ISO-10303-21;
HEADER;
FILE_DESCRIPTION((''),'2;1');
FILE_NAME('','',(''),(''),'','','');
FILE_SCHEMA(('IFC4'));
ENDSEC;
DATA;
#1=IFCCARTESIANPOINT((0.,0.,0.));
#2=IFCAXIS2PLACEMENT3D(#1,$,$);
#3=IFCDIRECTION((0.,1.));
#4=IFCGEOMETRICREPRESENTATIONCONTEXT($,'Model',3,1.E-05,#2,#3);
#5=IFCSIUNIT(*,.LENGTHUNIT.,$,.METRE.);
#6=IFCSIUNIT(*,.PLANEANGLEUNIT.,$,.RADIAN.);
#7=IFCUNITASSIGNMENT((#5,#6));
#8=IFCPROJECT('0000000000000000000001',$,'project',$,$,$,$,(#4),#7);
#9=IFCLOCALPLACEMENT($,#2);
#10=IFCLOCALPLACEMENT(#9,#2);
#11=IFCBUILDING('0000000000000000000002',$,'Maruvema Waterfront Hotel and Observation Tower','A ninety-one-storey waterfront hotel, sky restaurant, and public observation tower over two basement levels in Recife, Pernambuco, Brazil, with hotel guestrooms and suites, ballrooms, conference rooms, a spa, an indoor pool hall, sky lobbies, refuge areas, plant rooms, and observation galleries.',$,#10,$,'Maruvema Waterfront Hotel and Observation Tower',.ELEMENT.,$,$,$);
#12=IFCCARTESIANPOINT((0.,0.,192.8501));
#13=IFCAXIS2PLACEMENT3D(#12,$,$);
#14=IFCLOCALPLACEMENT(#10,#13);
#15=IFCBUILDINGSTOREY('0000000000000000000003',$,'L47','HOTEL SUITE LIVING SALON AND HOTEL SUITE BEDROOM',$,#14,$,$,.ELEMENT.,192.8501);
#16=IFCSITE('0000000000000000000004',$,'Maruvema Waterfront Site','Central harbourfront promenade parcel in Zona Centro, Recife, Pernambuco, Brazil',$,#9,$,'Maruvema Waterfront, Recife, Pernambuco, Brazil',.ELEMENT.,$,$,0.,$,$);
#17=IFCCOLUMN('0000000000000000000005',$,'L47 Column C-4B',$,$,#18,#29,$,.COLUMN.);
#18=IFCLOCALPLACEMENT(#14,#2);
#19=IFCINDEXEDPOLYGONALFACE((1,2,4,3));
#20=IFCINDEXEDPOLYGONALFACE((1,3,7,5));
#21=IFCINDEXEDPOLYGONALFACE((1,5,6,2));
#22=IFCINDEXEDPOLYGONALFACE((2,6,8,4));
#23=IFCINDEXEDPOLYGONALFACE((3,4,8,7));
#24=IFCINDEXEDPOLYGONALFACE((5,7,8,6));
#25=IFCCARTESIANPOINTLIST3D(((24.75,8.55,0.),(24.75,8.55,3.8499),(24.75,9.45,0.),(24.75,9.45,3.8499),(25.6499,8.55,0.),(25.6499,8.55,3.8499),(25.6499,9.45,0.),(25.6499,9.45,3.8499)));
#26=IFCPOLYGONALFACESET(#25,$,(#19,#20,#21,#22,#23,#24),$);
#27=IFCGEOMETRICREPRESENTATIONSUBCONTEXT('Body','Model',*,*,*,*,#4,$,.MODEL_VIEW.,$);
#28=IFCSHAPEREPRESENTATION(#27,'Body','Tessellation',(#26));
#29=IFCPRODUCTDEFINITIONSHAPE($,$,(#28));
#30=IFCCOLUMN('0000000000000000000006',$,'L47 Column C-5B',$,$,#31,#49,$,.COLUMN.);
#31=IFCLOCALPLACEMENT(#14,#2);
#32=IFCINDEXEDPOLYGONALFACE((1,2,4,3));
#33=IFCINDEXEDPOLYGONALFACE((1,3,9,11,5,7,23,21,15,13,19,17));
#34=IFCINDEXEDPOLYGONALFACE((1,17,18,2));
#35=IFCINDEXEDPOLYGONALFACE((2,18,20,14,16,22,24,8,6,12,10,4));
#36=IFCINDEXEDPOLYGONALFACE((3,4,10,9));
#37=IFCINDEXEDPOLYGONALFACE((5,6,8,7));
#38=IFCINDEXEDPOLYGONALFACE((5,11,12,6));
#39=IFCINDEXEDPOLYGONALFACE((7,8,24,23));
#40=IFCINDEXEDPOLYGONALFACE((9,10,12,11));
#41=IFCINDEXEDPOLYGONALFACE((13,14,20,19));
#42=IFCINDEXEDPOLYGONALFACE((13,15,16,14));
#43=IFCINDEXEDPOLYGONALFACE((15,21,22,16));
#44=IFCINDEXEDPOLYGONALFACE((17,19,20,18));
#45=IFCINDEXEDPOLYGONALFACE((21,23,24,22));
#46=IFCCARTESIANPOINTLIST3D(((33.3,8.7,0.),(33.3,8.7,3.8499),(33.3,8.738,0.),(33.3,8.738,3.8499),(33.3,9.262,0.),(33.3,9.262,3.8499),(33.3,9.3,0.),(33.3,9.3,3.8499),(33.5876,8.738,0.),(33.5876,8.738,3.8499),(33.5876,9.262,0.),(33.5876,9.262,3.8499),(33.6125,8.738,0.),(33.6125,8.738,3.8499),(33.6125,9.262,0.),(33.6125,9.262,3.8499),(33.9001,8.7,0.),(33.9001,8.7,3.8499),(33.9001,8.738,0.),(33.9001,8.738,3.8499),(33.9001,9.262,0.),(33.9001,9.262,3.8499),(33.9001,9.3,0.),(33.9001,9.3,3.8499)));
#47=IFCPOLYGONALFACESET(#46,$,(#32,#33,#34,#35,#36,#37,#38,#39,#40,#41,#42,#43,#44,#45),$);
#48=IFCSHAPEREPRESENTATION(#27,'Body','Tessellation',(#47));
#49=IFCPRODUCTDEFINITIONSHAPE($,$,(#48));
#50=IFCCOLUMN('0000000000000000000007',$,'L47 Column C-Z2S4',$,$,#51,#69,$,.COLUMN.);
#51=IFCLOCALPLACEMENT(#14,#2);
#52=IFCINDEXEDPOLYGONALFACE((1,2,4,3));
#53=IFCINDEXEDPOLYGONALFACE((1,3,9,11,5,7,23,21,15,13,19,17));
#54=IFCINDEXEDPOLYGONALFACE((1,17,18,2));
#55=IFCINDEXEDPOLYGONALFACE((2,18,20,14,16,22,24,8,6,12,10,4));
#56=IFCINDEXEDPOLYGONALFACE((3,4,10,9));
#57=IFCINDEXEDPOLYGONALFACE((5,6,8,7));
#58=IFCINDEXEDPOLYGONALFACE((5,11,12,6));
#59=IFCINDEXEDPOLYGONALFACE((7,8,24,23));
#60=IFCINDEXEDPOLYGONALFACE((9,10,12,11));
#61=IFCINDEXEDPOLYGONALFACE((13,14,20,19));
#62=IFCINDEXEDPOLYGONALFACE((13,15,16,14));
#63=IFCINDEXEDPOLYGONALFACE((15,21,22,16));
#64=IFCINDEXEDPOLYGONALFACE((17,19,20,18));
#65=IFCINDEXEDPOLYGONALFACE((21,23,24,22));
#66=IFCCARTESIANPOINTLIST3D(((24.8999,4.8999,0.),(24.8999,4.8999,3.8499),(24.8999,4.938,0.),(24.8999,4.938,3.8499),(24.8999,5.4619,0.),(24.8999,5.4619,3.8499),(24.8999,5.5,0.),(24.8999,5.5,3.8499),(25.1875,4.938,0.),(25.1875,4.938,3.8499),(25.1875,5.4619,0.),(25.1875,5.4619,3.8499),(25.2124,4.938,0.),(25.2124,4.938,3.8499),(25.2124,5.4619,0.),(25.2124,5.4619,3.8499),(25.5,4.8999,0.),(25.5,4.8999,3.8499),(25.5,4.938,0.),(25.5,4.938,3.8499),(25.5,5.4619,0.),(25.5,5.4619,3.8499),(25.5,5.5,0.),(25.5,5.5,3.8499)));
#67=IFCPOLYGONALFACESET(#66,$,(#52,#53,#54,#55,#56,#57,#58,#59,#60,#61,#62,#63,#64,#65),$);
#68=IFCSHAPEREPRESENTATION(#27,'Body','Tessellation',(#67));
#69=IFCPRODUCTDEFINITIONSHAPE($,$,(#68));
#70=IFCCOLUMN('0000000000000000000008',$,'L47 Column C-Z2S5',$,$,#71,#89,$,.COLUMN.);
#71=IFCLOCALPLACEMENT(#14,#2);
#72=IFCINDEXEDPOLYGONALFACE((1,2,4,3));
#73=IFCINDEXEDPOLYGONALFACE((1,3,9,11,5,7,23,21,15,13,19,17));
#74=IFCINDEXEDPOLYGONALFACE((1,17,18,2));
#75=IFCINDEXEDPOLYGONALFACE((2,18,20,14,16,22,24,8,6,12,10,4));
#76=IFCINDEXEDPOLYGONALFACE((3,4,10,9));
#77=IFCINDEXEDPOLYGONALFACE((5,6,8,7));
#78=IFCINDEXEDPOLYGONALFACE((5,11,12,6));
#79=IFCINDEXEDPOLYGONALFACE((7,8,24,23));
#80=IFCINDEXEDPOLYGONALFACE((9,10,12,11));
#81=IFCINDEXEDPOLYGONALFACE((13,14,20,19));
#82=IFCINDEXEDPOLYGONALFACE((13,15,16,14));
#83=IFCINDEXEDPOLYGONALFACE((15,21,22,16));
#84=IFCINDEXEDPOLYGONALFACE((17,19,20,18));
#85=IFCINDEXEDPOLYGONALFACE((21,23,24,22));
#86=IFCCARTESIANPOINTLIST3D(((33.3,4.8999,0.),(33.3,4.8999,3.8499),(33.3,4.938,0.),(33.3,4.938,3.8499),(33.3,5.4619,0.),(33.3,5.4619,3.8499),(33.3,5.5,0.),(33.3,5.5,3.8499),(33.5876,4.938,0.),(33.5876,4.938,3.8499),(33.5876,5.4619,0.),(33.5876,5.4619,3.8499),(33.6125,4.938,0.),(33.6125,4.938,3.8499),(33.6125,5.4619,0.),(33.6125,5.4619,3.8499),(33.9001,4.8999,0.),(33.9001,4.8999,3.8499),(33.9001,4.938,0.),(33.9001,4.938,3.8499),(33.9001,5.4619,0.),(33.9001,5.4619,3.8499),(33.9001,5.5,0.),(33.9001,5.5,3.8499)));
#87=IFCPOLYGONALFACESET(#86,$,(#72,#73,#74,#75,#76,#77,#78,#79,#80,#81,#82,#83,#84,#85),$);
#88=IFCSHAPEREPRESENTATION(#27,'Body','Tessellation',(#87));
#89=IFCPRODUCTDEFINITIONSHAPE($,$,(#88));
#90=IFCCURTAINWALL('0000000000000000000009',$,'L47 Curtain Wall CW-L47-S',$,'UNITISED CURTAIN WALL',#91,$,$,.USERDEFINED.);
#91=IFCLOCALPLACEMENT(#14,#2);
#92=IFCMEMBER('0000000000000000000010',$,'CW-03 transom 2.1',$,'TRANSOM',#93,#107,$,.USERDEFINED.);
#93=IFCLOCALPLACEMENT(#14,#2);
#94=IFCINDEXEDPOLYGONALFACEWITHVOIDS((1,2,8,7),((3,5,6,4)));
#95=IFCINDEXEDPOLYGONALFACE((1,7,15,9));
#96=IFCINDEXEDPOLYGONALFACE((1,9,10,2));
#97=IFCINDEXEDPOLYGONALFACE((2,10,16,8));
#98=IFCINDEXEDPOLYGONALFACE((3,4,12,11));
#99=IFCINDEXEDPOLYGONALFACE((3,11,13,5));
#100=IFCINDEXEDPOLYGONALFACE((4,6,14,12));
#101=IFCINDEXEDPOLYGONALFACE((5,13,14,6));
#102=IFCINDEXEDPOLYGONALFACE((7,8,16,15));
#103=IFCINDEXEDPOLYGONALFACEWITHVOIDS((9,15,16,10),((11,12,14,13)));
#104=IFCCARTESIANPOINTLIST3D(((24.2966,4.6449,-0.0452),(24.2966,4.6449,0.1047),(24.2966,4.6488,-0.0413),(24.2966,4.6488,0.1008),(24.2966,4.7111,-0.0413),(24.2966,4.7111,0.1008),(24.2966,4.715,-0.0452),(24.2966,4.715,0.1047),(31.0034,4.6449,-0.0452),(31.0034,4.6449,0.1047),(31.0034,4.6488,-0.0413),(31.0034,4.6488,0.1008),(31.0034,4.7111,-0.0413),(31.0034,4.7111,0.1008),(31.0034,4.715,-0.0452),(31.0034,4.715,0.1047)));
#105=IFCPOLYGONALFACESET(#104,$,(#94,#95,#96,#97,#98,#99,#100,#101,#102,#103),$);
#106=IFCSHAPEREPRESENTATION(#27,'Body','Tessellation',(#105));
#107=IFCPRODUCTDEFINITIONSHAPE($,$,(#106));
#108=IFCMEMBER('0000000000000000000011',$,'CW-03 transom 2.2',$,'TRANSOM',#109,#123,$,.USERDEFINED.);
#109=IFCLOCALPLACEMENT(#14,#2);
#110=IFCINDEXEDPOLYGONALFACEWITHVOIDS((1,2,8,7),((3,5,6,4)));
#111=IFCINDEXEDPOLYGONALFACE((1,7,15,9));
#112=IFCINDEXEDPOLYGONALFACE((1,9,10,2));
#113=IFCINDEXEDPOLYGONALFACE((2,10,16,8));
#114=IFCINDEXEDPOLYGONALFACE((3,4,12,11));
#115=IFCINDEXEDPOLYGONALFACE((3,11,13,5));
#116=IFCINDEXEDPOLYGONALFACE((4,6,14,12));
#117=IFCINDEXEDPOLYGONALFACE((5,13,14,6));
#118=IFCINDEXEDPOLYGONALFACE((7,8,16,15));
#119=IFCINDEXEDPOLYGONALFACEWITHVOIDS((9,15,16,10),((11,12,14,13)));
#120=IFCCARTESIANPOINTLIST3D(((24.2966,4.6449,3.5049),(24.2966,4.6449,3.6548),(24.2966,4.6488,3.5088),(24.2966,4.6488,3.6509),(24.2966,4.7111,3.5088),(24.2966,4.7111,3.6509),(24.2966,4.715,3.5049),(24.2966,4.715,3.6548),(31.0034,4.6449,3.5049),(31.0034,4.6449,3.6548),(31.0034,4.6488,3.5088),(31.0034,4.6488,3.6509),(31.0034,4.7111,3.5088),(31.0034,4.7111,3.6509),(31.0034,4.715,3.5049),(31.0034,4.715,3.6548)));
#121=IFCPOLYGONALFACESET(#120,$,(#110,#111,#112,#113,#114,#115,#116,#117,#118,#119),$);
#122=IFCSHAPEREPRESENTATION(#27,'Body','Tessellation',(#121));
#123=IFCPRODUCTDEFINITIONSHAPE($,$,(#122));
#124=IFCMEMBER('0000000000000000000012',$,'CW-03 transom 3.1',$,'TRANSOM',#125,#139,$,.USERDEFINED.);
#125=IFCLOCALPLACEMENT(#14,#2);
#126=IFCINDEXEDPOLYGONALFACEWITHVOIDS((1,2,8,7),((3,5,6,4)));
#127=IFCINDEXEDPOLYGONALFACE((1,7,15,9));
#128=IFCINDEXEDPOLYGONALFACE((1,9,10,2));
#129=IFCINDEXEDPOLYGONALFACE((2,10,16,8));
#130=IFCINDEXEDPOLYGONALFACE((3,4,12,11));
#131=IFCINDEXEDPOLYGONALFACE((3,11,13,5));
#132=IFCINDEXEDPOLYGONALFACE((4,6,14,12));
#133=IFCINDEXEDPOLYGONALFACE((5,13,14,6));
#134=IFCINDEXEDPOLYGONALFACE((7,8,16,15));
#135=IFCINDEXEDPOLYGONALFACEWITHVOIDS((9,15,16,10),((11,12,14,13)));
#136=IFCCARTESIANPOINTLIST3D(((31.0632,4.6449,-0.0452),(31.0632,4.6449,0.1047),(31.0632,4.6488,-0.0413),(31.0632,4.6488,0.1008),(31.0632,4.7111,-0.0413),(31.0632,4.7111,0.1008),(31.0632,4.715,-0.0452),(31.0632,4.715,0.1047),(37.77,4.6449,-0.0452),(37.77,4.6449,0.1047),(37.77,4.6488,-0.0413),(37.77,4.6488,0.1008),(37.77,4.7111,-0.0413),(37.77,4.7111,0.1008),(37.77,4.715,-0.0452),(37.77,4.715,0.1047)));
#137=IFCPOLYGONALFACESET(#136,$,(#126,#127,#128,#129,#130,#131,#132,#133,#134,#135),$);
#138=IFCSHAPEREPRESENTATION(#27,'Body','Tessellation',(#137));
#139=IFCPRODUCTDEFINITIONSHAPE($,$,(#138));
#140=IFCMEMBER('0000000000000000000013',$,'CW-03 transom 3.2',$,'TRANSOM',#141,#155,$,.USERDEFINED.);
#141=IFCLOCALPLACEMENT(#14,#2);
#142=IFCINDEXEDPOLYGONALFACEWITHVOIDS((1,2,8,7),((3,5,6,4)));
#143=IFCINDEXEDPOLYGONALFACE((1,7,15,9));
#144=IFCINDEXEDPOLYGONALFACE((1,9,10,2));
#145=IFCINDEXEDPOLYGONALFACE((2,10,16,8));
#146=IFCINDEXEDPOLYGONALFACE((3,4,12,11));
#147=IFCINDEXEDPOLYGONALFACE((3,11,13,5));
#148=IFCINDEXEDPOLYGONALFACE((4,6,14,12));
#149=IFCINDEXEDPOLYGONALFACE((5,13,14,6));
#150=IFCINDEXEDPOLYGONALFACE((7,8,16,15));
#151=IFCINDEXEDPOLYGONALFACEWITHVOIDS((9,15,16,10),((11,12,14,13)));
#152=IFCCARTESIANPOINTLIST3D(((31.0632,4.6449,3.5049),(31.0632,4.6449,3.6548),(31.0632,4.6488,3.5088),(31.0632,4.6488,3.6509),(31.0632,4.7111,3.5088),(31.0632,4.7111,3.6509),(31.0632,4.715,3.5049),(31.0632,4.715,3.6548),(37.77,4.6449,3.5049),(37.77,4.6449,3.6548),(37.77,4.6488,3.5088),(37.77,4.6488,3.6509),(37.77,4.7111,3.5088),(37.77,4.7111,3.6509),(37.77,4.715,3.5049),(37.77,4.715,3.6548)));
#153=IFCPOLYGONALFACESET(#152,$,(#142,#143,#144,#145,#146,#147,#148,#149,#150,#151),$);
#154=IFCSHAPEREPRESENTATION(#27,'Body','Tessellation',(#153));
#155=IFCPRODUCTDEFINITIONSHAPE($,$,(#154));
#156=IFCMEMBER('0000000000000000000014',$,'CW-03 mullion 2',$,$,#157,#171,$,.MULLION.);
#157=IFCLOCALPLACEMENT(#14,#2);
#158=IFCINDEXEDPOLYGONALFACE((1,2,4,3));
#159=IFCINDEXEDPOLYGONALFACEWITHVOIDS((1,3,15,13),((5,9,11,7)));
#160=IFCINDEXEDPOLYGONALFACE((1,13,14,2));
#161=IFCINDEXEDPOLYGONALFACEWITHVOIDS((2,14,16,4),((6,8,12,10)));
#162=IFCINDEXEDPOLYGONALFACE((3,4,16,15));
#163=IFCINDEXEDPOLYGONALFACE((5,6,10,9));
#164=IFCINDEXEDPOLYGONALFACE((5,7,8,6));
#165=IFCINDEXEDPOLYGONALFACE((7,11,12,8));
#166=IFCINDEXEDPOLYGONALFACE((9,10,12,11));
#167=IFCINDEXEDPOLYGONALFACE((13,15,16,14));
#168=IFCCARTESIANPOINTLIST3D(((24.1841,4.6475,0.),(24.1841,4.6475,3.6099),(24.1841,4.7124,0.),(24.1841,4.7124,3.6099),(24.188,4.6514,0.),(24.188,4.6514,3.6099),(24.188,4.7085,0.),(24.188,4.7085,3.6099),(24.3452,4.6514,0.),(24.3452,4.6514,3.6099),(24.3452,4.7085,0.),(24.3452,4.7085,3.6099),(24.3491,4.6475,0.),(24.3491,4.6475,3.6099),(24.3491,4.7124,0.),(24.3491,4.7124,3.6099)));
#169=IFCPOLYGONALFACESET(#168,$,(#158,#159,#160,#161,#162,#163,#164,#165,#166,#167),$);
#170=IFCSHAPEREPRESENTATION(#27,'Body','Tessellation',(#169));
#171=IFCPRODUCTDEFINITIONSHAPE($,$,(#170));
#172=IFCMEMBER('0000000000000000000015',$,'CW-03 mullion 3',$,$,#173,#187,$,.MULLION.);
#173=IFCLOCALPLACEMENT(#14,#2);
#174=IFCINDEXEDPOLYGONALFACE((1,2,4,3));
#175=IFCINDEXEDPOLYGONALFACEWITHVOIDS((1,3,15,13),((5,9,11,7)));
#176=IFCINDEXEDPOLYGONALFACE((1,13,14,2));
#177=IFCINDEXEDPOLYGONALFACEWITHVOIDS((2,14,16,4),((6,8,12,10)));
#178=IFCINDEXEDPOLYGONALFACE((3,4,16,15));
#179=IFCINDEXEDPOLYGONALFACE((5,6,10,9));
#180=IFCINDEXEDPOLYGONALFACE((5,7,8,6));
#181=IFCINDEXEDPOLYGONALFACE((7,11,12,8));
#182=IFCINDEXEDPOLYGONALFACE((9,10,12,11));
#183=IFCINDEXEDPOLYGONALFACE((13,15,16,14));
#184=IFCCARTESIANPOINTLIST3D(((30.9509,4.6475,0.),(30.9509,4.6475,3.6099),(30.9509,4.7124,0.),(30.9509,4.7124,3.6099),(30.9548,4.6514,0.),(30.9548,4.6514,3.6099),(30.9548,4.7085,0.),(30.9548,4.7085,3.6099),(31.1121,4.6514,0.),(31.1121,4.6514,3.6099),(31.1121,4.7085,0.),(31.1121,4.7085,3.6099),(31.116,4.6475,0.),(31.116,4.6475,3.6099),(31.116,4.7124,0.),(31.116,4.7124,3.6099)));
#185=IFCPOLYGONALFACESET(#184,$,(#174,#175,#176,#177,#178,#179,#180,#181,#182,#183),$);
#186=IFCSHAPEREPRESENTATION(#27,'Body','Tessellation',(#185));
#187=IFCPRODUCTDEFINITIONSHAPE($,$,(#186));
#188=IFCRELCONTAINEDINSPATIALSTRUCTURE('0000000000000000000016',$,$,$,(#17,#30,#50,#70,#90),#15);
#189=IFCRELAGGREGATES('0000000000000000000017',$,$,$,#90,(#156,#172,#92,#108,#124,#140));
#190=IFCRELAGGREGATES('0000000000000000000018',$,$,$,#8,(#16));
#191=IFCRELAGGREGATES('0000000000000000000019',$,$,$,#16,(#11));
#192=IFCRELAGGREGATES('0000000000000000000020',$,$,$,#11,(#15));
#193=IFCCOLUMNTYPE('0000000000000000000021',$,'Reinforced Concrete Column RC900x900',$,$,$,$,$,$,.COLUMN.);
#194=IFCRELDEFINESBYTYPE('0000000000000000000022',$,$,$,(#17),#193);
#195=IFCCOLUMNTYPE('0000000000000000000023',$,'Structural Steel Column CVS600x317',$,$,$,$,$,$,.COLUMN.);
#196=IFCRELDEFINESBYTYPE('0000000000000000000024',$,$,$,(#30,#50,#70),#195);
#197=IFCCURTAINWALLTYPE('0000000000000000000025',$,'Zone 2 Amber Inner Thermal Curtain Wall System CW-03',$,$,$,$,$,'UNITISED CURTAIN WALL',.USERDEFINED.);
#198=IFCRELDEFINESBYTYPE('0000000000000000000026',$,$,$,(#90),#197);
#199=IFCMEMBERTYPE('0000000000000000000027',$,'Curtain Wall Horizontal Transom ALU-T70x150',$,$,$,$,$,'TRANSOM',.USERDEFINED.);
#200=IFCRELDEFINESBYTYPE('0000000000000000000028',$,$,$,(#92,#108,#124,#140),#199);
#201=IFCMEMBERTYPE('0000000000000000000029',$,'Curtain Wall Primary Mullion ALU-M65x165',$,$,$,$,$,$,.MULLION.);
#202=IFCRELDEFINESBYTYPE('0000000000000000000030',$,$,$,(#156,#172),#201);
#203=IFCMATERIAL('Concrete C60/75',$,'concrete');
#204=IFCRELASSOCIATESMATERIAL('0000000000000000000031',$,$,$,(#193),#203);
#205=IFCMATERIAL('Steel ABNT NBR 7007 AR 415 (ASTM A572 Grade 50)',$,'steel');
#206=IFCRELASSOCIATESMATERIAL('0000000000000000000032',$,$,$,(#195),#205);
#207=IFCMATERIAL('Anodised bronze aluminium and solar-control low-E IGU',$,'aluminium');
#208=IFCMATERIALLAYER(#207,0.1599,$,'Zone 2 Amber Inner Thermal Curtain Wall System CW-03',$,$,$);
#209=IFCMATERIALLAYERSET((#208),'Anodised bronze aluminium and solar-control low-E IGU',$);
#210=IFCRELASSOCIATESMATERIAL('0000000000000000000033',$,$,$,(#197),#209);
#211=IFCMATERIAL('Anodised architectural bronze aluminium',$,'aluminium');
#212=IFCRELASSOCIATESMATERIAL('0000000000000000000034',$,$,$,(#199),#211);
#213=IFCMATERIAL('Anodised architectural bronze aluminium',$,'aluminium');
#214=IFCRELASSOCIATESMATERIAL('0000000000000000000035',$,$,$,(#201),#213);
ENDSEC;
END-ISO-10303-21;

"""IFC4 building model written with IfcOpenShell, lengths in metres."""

from ifc_helpers import new_model, si_unit, direction, frame, origin, origin_2d, place, context, subcontext, project, spatial, rectangle, hollow_rectangle, i_section, extrude, material, layer, layer_set, material_profile, profile_set, type_object, element, aggregate, save


model = new_model("IFC4")

# Units and contexts
model_context = context("Model", 3, precision=1e-05, world=origin(), true_north=direction((0.0, 1.0)))
body_context = subcontext(model_context, "Body", "Model", "MODEL_VIEW")
ifc_project = project(units=[si_unit("LENGTHUNIT", "METRE"), si_unit("PLANEANGLEUNIT", "RADIAN")], contexts=[model_context])

# Site, building, storey
site_placement = place(None, origin())
site = spatial("IfcSite", under=ifc_project, at=site_placement, Name="Maruvema Waterfront Site", Description="Central harbourfront promenade parcel in Zona Centro, Recife, Pernambuco, Brazil", LongName="Maruvema Waterfront, Recife, Pernambuco, Brazil", CompositionType="ELEMENT", RefElevation=0.0)
building_placement = place(site_placement, origin())
building = spatial("IfcBuilding", under=site, at=building_placement, Name="Maruvema Waterfront Hotel and Observation Tower", Description="A ninety-one-storey waterfront hotel, sky restaurant, and public observation tower over two basement levels in Recife, Pernambuco, Brazil, with hotel guestrooms and suites, ballrooms, conference rooms, a spa, an indoor pool hall, sky lobbies, refuge areas, plant rooms, and observation galleries.", LongName="Maruvema Waterfront Hotel and Observation Tower", CompositionType="ELEMENT")
storey_placement = place(building_placement, frame((0.0, 0.0, 192.8501)))
storey = spatial("IfcBuildingStorey", under=building, at=storey_placement, Name="L47", Description="HOTEL SUITE LIVING SALON AND HOTEL SUITE BEDROOM", CompositionType="ELEMENT", Elevation=192.8501)

# Columns
ifc_material_1 = material(Name="Concrete C60/75", Category="concrete")
ifc_material_profile_1 = material_profile(ifc_material_1, rectangle(XDim=0.8999, YDim=0.8999, at=origin_2d()), Name="RC900x900")
ifc_profile_set_1 = profile_set([ifc_material_profile_1], Name="Concrete C60/75")
column_type_1 = type_object("IfcColumnType", Name="Reinforced Concrete Column RC900x900", PredefinedType="COLUMN", material=ifc_profile_set_1)
column_placement = place(storey_placement, frame((25.2, 9.0, 0.0), z_axis=(0.0, 0.0, 1.0), x_axis=(1.0, 0.0, 0.0)))
element("IfcColumn", 1, at=column_placement, inside=storey, type_object=column_type_1, Name="L47 Column C-4B", PredefinedType="COLUMN", context=body_context, shape_type="SweptSolid", body=[
    extrude(rectangle(XDim=0.8999, YDim=0.8999, at=origin_2d()), origin(), (0.0, 0.0, 1.0), 3.8499),
])
ifc_material_2 = material(Name="Steel ABNT NBR 7007 AR 415 (ASTM A572 Grade 50)", Category="steel")
ifc_material_profile_2 = material_profile(ifc_material_2, i_section(OverallWidth=0.6001, OverallDepth=0.6001, WebThickness=0.0249, FlangeThickness=0.0381, at=origin_2d()), Name="CVS600x317")
ifc_profile_set_2 = profile_set([ifc_material_profile_2], Name="Steel ABNT NBR 7007 AR 415 (ASTM A572 Grade 50)")
column_type_2 = type_object("IfcColumnType", Name="Structural Steel Column CVS600x317", PredefinedType="COLUMN", material=ifc_profile_set_2)
for number, where, z_axis, x_axis, name in (
    (2, (33.6001, 9.0, 0.0), (0.0, 0.0, 1.0), (1.0, 0.0, 0.0), "L47 Column C-5B"),
    (3, (25.2, 5.2, 0.0), (0.0, 0.0, 1.0), (1.0, 0.0, 0.0), "L47 Column C-Z2S4"),
    (4, (33.6001, 5.2, 0.0), (0.0, 0.0, 1.0), (1.0, 0.0, 0.0), "L47 Column C-Z2S5"),
):
    element("IfcColumn", number, at=place(storey_placement, frame(where, z_axis=z_axis, x_axis=x_axis)), inside=storey, type_object=column_type_2, Name=name, PredefinedType="COLUMN", context=body_context, shape_type="SweptSolid", body=[
        extrude(i_section(OverallWidth=0.6001, OverallDepth=0.6001, WebThickness=0.0249, FlangeThickness=0.0381, at=origin_2d()), origin(), (0.0, 0.0, 1.0), 3.8499),
    ])

# Curtain wall, members
ifc_material_3 = material(Name="Anodised bronze aluminium and solar-control low-E IGU", Category="aluminium")
ifc_layer_1 = layer(ifc_material_3, 0.1599, Name="Zone 2 Amber Inner Thermal Curtain Wall System CW-03")
ifc_layer_set_1 = layer_set([ifc_layer_1], Name="Anodised bronze aluminium and solar-control low-E IGU")
curtain_wall_type = type_object("IfcCurtainWallType", Name="Zone 2 Amber Inner Thermal Curtain Wall System CW-03", ElementType="UNITISED CURTAIN WALL", PredefinedType="USERDEFINED", material=ifc_layer_set_1)
curtain_wall_placement = place(storey_placement, origin())
curtain_wall = element("IfcCurtainWall", 5, at=curtain_wall_placement, inside=storey, type_object=curtain_wall_type, Name="L47 Curtain Wall CW-L47-S", ObjectType="UNITISED CURTAIN WALL", PredefinedType="USERDEFINED")
ifc_material_4 = material(Name="Anodised architectural bronze aluminium", Category="aluminium")
ifc_material_profile_3 = material_profile(ifc_material_4, hollow_rectangle(XDim=0.0701, YDim=0.1499, WallThickness=0.0039, at=origin_2d()), Name="ALU-T70x150")
ifc_profile_set_3 = profile_set([ifc_material_profile_3], Name="Anodised architectural bronze aluminium")
member_type_1 = type_object("IfcMemberType", Name="Curtain Wall Horizontal Transom ALU-T70x150", ElementType="TRANSOM", PredefinedType="USERDEFINED", material=ifc_profile_set_3)
member_1_placement = place(storey_placement, frame((24.2966, 4.6799, 0.0298), z_axis=(1.0, 0.0, 0.0), x_axis=(0.0, 1.0, 0.0)))
member_1 = element("IfcMember", 6, at=member_1_placement, type_object=member_type_1, Name="CW-03 transom 2.1", ObjectType="TRANSOM", PredefinedType="USERDEFINED", context=body_context, shape_type="SweptSolid", body=[
    extrude(hollow_rectangle(XDim=0.0701, YDim=0.1499, WallThickness=0.0039, at=origin_2d()), origin(), (0.0, 0.0, 1.0), 6.7068),
])
member_2_placement = place(storey_placement, frame((24.2966, 4.6799, 3.5798), z_axis=(1.0, 0.0, 0.0), x_axis=(0.0, 1.0, 0.0)))
member_2 = element("IfcMember", 7, at=member_2_placement, type_object=member_type_1, Name="CW-03 transom 2.2", ObjectType="TRANSOM", PredefinedType="USERDEFINED", context=body_context, shape_type="SweptSolid", body=[
    extrude(hollow_rectangle(XDim=0.0701, YDim=0.1499, WallThickness=0.0039, at=origin_2d()), origin(), (0.0, 0.0, 1.0), 6.7068),
])
member_3_placement = place(storey_placement, frame((31.0632, 4.6799, 0.0298), z_axis=(1.0, 0.0, 0.0), x_axis=(0.0, 1.0, 0.0)))
member_3 = element("IfcMember", 8, at=member_3_placement, type_object=member_type_1, Name="CW-03 transom 3.1", ObjectType="TRANSOM", PredefinedType="USERDEFINED", context=body_context, shape_type="SweptSolid", body=[
    extrude(hollow_rectangle(XDim=0.0701, YDim=0.1499, WallThickness=0.0039, at=origin_2d()), origin(), (0.0, 0.0, 1.0), 6.7068),
])
member_4_placement = place(storey_placement, frame((31.0632, 4.6799, 3.5798), z_axis=(1.0, 0.0, 0.0), x_axis=(0.0, 1.0, 0.0)))
member_4 = element("IfcMember", 9, at=member_4_placement, type_object=member_type_1, Name="CW-03 transom 3.2", ObjectType="TRANSOM", PredefinedType="USERDEFINED", context=body_context, shape_type="SweptSolid", body=[
    extrude(hollow_rectangle(XDim=0.0701, YDim=0.1499, WallThickness=0.0039, at=origin_2d()), origin(), (0.0, 0.0, 1.0), 6.7068),
])
ifc_material_5 = material(Name="Anodised architectural bronze aluminium", Category="aluminium")
ifc_material_profile_4 = material_profile(ifc_material_5, hollow_rectangle(XDim=0.0649, YDim=0.165, WallThickness=0.0039, at=origin_2d()), Name="ALU-M65x165")
ifc_profile_set_4 = profile_set([ifc_material_profile_4], Name="Anodised architectural bronze aluminium")
member_type_2 = type_object("IfcMemberType", Name="Curtain Wall Primary Mullion ALU-M65x165", PredefinedType="MULLION", material=ifc_profile_set_4)
member_5_placement = place(storey_placement, frame((24.2666, 4.6799, 0.0), z_axis=(0.0, 0.0, 1.0), x_axis=(0.0, 1.0, 0.0)))
member_5 = element("IfcMember", 10, at=member_5_placement, type_object=member_type_2, Name="CW-03 mullion 2", PredefinedType="MULLION", context=body_context, shape_type="SweptSolid", body=[
    extrude(hollow_rectangle(XDim=0.0649, YDim=0.165, WallThickness=0.0039, at=origin_2d()), origin(), (0.0, 0.0, 1.0), 3.6099),
])
member_6_placement = place(storey_placement, frame((31.0334, 4.6799, 0.0), z_axis=(0.0, 0.0, 1.0), x_axis=(0.0, 1.0, 0.0)))
member_6 = element("IfcMember", 11, at=member_6_placement, type_object=member_type_2, Name="CW-03 mullion 3", PredefinedType="MULLION", context=body_context, shape_type="SweptSolid", body=[
    extrude(hollow_rectangle(XDim=0.0649, YDim=0.165, WallThickness=0.0039, at=origin_2d()), origin(), (0.0, 0.0, 1.0), 3.6099),
])

aggregate(curtain_wall, [member_5, member_6, member_1, member_2, member_3, member_4])

save(model, "model.ifc")
